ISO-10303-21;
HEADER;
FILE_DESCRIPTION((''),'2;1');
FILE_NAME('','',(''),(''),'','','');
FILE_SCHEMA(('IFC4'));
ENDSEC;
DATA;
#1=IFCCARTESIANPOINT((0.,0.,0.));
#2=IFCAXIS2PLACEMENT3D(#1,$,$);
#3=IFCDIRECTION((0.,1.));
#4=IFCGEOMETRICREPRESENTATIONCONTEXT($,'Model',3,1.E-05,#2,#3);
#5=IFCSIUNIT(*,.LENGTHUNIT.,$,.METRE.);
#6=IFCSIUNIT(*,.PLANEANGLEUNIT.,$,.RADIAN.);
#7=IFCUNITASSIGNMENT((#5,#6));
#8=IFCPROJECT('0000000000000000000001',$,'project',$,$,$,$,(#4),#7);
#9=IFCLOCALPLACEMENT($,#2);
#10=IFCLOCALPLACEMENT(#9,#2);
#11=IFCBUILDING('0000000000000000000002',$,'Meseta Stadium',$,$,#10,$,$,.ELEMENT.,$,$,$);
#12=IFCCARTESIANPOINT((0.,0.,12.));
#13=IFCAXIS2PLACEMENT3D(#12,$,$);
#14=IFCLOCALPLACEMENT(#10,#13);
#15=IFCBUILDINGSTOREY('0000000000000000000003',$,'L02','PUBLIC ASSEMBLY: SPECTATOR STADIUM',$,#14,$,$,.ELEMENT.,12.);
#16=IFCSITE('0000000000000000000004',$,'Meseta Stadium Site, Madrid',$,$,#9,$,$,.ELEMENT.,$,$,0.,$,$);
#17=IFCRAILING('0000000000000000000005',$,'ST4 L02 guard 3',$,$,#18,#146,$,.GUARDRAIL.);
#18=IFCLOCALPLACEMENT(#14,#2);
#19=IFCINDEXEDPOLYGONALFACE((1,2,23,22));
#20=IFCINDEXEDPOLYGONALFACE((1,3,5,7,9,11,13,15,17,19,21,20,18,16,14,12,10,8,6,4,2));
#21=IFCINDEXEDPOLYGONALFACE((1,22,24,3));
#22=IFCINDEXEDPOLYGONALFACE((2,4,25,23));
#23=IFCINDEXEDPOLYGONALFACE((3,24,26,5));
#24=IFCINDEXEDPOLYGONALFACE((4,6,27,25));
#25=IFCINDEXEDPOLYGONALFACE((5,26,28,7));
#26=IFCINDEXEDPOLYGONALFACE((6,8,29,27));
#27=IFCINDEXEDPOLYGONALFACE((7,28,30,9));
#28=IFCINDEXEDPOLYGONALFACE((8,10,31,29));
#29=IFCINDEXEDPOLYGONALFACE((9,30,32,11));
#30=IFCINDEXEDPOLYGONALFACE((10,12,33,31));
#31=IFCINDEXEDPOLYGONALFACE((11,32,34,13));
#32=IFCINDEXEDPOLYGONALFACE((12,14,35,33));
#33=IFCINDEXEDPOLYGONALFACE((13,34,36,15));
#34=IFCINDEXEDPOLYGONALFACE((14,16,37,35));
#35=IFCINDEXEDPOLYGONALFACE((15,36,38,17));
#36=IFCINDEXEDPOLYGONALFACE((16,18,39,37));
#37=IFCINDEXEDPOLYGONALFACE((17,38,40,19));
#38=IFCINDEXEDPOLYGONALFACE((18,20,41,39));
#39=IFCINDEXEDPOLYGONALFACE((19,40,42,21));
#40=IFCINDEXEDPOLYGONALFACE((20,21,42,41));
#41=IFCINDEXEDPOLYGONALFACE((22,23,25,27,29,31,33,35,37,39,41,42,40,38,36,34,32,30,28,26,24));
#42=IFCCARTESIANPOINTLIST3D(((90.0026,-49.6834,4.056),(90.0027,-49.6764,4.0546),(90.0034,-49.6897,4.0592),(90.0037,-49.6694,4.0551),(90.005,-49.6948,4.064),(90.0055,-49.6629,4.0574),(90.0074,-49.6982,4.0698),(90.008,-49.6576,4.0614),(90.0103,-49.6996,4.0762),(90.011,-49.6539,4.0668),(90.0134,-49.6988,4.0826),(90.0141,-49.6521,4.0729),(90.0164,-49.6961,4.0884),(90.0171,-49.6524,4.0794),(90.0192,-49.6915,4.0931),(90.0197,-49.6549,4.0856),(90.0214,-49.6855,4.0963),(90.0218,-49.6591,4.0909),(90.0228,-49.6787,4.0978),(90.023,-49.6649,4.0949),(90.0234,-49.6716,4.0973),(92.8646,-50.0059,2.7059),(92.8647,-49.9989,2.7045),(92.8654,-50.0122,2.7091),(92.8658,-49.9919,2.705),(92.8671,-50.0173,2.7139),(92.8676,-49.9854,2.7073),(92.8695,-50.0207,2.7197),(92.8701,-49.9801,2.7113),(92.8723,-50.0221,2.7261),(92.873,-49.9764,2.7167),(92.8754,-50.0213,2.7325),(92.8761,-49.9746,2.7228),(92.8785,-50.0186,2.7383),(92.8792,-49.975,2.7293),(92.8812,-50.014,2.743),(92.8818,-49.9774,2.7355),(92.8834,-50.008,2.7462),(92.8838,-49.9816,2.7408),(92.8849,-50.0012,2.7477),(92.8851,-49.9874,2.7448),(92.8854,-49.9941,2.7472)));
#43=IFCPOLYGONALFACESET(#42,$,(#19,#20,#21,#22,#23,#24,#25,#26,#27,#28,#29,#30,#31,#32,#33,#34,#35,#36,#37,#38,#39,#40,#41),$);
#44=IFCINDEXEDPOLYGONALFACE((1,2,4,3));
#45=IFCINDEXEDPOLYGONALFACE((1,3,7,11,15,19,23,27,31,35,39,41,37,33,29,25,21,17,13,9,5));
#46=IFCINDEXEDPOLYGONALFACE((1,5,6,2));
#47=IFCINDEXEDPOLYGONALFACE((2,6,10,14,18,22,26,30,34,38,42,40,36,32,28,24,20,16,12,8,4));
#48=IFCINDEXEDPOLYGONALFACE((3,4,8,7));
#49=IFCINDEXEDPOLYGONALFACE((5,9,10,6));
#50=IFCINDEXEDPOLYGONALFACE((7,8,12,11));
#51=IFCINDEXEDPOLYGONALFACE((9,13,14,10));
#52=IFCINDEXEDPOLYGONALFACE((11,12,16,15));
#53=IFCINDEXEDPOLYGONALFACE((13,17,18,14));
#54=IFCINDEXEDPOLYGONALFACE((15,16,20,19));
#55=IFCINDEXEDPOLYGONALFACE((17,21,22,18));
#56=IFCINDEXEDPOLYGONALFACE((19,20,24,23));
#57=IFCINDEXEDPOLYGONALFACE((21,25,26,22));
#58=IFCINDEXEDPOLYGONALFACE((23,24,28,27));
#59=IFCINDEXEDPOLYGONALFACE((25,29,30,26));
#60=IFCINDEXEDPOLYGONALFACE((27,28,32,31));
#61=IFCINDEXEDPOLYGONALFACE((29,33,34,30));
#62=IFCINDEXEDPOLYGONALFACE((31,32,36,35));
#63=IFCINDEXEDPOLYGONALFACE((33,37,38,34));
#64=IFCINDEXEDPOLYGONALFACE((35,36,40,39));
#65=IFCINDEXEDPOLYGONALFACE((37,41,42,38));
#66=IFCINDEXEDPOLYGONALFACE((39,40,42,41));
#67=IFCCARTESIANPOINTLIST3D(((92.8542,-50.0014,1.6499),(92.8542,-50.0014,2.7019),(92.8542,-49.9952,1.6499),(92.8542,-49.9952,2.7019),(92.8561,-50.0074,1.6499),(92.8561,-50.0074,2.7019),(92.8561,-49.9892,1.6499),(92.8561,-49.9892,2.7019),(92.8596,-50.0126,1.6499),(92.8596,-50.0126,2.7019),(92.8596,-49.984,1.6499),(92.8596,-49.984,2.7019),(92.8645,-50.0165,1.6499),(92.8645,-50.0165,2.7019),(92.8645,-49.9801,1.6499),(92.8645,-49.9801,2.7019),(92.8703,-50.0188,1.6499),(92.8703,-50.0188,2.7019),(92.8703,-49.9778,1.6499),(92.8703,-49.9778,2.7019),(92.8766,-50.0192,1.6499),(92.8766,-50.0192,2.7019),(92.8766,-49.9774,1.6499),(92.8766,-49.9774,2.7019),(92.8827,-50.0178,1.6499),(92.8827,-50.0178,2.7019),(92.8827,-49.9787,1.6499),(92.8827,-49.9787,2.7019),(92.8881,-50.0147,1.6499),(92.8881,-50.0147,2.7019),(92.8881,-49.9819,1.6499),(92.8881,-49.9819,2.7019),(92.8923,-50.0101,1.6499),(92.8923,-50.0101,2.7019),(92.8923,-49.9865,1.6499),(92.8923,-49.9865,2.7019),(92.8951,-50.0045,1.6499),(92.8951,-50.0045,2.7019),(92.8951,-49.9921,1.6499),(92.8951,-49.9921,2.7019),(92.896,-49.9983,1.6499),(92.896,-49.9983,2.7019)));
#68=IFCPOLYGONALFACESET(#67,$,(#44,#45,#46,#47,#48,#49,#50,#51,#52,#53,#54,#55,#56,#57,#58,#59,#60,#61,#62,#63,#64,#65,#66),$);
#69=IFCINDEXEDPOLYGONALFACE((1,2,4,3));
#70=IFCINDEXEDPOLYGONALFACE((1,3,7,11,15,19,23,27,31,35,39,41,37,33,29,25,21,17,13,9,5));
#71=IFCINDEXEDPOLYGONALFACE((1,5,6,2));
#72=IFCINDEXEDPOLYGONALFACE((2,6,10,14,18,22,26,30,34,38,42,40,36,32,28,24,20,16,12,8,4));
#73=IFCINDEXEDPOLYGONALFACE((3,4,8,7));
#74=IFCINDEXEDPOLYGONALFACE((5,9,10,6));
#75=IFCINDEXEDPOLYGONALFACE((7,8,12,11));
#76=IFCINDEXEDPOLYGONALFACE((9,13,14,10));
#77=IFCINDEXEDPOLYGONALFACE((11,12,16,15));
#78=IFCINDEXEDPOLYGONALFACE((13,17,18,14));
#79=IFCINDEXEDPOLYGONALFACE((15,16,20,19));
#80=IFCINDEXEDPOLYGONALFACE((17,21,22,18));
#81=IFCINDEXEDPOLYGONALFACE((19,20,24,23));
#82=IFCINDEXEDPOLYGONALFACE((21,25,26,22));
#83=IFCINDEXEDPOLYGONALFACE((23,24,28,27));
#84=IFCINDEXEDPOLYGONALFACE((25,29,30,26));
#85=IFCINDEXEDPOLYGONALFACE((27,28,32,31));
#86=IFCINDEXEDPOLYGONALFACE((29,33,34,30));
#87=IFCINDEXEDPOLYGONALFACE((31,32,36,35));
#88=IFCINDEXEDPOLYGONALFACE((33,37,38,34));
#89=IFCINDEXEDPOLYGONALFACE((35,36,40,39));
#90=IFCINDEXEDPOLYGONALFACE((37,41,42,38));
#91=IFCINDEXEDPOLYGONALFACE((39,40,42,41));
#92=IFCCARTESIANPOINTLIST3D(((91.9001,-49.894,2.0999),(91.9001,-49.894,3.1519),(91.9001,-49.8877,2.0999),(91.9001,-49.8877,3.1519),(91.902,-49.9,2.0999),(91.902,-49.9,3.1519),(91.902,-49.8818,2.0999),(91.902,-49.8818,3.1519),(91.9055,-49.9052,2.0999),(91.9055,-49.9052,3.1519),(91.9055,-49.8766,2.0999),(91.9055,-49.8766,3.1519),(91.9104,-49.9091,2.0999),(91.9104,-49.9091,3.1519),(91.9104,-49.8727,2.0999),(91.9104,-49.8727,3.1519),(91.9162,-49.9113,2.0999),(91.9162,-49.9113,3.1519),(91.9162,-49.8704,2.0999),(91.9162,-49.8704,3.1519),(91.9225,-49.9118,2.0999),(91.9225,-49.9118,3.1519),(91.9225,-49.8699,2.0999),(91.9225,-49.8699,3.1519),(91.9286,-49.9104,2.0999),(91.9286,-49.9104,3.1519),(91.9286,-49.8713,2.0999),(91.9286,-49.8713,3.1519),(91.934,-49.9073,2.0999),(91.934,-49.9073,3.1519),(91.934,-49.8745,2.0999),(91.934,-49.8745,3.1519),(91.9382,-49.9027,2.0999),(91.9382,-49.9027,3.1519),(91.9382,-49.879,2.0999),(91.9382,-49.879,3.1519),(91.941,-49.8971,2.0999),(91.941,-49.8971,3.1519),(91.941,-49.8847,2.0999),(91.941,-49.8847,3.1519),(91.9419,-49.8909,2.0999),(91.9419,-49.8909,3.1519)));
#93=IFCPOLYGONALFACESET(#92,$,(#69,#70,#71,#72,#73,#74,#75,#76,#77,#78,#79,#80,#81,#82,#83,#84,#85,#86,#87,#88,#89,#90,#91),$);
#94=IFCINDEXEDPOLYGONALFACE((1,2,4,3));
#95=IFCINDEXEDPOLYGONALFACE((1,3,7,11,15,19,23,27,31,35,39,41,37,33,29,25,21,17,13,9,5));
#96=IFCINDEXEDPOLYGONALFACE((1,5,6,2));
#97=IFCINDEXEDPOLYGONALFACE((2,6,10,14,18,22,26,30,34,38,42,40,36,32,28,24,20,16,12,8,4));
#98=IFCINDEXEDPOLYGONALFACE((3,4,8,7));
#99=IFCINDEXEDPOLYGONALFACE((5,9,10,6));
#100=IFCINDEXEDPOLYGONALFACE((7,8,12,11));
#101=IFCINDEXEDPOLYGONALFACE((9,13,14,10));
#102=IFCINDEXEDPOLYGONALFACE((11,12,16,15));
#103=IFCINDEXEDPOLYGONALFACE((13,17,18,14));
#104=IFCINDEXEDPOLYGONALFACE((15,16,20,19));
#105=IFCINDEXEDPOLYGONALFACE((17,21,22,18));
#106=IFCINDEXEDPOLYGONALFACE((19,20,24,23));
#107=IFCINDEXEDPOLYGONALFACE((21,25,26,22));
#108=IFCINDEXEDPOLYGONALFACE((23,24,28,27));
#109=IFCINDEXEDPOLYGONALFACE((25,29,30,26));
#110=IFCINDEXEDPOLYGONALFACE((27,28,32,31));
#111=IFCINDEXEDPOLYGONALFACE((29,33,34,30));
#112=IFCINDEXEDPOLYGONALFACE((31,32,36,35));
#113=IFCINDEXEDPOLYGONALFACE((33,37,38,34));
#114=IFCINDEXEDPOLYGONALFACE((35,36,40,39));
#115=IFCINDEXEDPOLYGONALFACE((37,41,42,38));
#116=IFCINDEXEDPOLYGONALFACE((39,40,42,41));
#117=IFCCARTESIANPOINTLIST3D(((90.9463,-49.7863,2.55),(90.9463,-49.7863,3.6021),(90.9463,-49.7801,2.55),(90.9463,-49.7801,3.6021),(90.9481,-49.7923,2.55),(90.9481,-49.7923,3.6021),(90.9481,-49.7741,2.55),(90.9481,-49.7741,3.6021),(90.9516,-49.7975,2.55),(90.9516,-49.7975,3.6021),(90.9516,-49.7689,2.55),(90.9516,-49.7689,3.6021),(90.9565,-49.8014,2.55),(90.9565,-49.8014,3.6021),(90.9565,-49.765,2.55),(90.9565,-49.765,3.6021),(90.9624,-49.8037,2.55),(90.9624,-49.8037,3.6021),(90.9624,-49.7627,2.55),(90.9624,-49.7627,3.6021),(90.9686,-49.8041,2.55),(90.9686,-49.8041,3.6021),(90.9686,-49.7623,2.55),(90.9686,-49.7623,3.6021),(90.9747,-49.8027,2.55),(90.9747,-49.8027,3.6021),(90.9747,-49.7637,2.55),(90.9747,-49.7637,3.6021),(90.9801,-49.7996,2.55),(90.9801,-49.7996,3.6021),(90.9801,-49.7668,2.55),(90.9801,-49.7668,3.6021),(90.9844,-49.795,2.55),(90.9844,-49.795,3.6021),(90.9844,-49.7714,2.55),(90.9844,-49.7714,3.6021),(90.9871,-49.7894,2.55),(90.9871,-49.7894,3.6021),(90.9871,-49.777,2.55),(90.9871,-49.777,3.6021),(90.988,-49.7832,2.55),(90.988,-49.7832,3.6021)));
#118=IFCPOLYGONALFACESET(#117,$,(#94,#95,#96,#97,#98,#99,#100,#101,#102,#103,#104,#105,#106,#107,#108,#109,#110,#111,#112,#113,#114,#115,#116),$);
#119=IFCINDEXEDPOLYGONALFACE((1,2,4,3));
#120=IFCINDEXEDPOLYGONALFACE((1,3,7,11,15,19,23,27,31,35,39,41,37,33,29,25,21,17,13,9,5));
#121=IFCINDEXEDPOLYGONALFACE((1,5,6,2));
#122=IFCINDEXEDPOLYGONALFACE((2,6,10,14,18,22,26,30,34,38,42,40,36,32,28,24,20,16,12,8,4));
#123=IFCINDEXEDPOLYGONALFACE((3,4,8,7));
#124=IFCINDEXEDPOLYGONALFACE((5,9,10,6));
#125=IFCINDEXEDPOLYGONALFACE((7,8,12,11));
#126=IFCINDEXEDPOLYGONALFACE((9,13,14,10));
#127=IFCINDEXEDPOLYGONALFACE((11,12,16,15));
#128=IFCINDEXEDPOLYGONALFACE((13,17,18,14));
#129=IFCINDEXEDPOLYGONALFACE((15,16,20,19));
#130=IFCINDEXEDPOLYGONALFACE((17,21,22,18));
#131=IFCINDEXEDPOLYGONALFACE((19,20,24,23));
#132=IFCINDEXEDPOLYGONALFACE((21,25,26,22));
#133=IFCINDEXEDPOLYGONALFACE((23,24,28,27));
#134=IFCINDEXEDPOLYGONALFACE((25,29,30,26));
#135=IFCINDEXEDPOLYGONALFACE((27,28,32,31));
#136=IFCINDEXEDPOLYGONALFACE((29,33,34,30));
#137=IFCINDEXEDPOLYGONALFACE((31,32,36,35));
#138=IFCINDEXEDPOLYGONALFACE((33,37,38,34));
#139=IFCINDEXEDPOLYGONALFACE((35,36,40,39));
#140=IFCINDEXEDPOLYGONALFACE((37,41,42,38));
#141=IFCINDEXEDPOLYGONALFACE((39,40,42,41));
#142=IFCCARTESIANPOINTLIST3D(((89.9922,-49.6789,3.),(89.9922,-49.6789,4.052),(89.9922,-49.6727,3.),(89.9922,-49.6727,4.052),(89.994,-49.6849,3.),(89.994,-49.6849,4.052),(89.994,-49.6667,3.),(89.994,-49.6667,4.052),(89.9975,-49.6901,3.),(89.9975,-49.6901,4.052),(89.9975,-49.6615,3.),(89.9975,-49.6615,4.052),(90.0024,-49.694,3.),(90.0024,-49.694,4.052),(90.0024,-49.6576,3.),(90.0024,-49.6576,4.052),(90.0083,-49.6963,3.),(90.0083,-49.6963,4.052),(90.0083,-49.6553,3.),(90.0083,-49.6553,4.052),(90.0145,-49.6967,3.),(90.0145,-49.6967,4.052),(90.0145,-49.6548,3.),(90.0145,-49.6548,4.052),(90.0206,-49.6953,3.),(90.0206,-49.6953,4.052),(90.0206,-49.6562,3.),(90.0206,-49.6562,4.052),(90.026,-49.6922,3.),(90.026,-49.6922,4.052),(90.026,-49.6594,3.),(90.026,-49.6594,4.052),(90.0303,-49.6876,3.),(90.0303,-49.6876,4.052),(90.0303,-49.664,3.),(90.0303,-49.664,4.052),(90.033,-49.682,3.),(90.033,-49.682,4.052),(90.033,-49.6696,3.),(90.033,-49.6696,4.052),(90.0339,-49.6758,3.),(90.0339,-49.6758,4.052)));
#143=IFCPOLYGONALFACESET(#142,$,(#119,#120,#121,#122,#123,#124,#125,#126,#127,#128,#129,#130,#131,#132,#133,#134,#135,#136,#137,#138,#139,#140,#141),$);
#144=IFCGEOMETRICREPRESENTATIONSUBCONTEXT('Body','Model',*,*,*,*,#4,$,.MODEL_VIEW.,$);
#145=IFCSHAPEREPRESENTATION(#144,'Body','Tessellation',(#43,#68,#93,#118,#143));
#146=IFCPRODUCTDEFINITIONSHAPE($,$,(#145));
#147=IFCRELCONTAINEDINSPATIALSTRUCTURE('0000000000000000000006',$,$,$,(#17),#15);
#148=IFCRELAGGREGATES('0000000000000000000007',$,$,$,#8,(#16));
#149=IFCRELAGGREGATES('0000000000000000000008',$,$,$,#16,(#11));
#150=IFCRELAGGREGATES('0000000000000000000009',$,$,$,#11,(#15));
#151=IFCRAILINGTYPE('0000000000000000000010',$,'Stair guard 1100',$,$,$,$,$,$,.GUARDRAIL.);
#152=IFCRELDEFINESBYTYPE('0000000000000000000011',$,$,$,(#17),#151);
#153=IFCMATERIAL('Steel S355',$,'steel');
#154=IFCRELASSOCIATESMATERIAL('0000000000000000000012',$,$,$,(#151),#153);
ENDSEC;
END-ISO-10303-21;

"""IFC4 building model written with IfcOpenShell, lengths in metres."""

from ifc_helpers import new_model, si_unit, direction, frame, origin, origin_2d, place, context, subcontext, project, spatial, circle, extrude, material, type_object, element, save


model = new_model("IFC4")

# Units and contexts
model_context = context("Model", 3, precision=1e-05, world=origin(), true_north=direction((0.0, 1.0)))
body_context = subcontext(model_context, "Body", "Model", "MODEL_VIEW")
ifc_project = project(units=[si_unit("LENGTHUNIT", "METRE"), si_unit("PLANEANGLEUNIT", "RADIAN")], contexts=[model_context])

# Site, building, storey
site_placement = place(None, origin())
site = spatial("IfcSite", under=ifc_project, at=site_placement, Name="Meseta Stadium Site, Madrid", CompositionType="ELEMENT", RefElevation=0.0)
building_placement = place(site_placement, origin())
building = spatial("IfcBuilding", under=site, at=building_placement, Name="Meseta Stadium", CompositionType="ELEMENT")
storey_placement = place(building_placement, frame((0.0, 0.0, 12.0)))
storey = spatial("IfcBuildingStorey", under=building, at=storey_placement, Name="L02", Description="PUBLIC ASSEMBLY: SPECTATOR STADIUM", CompositionType="ELEMENT", Elevation=12.0)

# Railing
ifc_material_1 = material(Name="Steel S355", Category="steel")
railing_type_1 = type_object("IfcRailingType", Name="Stair guard 1100", PredefinedType="GUARDRAIL", material=ifc_material_1)
railing_1_placement = place(storey_placement, frame((92.875, -49.9983, 1.6499)))
element("IfcRailing", 1, at=railing_1_placement, inside=storey, type_object=railing_type_1, Name="ST4 L02 guard 3", PredefinedType="GUARDRAIL", context=body_context, shape_type="SweptSolid", body=[
    extrude(circle(Radius=0.0239, at=origin_2d()), frame((0.0, 0.0, 1.0762), z_axis=(-0.899763, 0.101389, 0.424438), x_axis=(-0.111976, -0.993711, 0.0)), (0.0, 0.0, 1.0), 3.1809),
    extrude(circle(Radius=0.021, at=origin_2d()), origin(), (0.0, 0.0, 1.0), 1.052),
    extrude(circle(Radius=0.021, at=origin_2d()), frame((-0.9541, 0.1074, 0.45)), (0.0, 0.0, 1.0), 1.052),
    extrude(circle(Radius=0.021, at=origin_2d()), frame((-1.908, 0.2151, 0.9001)), (0.0, 0.0, 1.0), 1.052),
    extrude(circle(Radius=0.021, at=origin_2d()), frame((-2.8621, 0.3225, 1.3501)), (0.0, 0.0, 1.0), 1.052),
])

save(model, "model.ifc")
